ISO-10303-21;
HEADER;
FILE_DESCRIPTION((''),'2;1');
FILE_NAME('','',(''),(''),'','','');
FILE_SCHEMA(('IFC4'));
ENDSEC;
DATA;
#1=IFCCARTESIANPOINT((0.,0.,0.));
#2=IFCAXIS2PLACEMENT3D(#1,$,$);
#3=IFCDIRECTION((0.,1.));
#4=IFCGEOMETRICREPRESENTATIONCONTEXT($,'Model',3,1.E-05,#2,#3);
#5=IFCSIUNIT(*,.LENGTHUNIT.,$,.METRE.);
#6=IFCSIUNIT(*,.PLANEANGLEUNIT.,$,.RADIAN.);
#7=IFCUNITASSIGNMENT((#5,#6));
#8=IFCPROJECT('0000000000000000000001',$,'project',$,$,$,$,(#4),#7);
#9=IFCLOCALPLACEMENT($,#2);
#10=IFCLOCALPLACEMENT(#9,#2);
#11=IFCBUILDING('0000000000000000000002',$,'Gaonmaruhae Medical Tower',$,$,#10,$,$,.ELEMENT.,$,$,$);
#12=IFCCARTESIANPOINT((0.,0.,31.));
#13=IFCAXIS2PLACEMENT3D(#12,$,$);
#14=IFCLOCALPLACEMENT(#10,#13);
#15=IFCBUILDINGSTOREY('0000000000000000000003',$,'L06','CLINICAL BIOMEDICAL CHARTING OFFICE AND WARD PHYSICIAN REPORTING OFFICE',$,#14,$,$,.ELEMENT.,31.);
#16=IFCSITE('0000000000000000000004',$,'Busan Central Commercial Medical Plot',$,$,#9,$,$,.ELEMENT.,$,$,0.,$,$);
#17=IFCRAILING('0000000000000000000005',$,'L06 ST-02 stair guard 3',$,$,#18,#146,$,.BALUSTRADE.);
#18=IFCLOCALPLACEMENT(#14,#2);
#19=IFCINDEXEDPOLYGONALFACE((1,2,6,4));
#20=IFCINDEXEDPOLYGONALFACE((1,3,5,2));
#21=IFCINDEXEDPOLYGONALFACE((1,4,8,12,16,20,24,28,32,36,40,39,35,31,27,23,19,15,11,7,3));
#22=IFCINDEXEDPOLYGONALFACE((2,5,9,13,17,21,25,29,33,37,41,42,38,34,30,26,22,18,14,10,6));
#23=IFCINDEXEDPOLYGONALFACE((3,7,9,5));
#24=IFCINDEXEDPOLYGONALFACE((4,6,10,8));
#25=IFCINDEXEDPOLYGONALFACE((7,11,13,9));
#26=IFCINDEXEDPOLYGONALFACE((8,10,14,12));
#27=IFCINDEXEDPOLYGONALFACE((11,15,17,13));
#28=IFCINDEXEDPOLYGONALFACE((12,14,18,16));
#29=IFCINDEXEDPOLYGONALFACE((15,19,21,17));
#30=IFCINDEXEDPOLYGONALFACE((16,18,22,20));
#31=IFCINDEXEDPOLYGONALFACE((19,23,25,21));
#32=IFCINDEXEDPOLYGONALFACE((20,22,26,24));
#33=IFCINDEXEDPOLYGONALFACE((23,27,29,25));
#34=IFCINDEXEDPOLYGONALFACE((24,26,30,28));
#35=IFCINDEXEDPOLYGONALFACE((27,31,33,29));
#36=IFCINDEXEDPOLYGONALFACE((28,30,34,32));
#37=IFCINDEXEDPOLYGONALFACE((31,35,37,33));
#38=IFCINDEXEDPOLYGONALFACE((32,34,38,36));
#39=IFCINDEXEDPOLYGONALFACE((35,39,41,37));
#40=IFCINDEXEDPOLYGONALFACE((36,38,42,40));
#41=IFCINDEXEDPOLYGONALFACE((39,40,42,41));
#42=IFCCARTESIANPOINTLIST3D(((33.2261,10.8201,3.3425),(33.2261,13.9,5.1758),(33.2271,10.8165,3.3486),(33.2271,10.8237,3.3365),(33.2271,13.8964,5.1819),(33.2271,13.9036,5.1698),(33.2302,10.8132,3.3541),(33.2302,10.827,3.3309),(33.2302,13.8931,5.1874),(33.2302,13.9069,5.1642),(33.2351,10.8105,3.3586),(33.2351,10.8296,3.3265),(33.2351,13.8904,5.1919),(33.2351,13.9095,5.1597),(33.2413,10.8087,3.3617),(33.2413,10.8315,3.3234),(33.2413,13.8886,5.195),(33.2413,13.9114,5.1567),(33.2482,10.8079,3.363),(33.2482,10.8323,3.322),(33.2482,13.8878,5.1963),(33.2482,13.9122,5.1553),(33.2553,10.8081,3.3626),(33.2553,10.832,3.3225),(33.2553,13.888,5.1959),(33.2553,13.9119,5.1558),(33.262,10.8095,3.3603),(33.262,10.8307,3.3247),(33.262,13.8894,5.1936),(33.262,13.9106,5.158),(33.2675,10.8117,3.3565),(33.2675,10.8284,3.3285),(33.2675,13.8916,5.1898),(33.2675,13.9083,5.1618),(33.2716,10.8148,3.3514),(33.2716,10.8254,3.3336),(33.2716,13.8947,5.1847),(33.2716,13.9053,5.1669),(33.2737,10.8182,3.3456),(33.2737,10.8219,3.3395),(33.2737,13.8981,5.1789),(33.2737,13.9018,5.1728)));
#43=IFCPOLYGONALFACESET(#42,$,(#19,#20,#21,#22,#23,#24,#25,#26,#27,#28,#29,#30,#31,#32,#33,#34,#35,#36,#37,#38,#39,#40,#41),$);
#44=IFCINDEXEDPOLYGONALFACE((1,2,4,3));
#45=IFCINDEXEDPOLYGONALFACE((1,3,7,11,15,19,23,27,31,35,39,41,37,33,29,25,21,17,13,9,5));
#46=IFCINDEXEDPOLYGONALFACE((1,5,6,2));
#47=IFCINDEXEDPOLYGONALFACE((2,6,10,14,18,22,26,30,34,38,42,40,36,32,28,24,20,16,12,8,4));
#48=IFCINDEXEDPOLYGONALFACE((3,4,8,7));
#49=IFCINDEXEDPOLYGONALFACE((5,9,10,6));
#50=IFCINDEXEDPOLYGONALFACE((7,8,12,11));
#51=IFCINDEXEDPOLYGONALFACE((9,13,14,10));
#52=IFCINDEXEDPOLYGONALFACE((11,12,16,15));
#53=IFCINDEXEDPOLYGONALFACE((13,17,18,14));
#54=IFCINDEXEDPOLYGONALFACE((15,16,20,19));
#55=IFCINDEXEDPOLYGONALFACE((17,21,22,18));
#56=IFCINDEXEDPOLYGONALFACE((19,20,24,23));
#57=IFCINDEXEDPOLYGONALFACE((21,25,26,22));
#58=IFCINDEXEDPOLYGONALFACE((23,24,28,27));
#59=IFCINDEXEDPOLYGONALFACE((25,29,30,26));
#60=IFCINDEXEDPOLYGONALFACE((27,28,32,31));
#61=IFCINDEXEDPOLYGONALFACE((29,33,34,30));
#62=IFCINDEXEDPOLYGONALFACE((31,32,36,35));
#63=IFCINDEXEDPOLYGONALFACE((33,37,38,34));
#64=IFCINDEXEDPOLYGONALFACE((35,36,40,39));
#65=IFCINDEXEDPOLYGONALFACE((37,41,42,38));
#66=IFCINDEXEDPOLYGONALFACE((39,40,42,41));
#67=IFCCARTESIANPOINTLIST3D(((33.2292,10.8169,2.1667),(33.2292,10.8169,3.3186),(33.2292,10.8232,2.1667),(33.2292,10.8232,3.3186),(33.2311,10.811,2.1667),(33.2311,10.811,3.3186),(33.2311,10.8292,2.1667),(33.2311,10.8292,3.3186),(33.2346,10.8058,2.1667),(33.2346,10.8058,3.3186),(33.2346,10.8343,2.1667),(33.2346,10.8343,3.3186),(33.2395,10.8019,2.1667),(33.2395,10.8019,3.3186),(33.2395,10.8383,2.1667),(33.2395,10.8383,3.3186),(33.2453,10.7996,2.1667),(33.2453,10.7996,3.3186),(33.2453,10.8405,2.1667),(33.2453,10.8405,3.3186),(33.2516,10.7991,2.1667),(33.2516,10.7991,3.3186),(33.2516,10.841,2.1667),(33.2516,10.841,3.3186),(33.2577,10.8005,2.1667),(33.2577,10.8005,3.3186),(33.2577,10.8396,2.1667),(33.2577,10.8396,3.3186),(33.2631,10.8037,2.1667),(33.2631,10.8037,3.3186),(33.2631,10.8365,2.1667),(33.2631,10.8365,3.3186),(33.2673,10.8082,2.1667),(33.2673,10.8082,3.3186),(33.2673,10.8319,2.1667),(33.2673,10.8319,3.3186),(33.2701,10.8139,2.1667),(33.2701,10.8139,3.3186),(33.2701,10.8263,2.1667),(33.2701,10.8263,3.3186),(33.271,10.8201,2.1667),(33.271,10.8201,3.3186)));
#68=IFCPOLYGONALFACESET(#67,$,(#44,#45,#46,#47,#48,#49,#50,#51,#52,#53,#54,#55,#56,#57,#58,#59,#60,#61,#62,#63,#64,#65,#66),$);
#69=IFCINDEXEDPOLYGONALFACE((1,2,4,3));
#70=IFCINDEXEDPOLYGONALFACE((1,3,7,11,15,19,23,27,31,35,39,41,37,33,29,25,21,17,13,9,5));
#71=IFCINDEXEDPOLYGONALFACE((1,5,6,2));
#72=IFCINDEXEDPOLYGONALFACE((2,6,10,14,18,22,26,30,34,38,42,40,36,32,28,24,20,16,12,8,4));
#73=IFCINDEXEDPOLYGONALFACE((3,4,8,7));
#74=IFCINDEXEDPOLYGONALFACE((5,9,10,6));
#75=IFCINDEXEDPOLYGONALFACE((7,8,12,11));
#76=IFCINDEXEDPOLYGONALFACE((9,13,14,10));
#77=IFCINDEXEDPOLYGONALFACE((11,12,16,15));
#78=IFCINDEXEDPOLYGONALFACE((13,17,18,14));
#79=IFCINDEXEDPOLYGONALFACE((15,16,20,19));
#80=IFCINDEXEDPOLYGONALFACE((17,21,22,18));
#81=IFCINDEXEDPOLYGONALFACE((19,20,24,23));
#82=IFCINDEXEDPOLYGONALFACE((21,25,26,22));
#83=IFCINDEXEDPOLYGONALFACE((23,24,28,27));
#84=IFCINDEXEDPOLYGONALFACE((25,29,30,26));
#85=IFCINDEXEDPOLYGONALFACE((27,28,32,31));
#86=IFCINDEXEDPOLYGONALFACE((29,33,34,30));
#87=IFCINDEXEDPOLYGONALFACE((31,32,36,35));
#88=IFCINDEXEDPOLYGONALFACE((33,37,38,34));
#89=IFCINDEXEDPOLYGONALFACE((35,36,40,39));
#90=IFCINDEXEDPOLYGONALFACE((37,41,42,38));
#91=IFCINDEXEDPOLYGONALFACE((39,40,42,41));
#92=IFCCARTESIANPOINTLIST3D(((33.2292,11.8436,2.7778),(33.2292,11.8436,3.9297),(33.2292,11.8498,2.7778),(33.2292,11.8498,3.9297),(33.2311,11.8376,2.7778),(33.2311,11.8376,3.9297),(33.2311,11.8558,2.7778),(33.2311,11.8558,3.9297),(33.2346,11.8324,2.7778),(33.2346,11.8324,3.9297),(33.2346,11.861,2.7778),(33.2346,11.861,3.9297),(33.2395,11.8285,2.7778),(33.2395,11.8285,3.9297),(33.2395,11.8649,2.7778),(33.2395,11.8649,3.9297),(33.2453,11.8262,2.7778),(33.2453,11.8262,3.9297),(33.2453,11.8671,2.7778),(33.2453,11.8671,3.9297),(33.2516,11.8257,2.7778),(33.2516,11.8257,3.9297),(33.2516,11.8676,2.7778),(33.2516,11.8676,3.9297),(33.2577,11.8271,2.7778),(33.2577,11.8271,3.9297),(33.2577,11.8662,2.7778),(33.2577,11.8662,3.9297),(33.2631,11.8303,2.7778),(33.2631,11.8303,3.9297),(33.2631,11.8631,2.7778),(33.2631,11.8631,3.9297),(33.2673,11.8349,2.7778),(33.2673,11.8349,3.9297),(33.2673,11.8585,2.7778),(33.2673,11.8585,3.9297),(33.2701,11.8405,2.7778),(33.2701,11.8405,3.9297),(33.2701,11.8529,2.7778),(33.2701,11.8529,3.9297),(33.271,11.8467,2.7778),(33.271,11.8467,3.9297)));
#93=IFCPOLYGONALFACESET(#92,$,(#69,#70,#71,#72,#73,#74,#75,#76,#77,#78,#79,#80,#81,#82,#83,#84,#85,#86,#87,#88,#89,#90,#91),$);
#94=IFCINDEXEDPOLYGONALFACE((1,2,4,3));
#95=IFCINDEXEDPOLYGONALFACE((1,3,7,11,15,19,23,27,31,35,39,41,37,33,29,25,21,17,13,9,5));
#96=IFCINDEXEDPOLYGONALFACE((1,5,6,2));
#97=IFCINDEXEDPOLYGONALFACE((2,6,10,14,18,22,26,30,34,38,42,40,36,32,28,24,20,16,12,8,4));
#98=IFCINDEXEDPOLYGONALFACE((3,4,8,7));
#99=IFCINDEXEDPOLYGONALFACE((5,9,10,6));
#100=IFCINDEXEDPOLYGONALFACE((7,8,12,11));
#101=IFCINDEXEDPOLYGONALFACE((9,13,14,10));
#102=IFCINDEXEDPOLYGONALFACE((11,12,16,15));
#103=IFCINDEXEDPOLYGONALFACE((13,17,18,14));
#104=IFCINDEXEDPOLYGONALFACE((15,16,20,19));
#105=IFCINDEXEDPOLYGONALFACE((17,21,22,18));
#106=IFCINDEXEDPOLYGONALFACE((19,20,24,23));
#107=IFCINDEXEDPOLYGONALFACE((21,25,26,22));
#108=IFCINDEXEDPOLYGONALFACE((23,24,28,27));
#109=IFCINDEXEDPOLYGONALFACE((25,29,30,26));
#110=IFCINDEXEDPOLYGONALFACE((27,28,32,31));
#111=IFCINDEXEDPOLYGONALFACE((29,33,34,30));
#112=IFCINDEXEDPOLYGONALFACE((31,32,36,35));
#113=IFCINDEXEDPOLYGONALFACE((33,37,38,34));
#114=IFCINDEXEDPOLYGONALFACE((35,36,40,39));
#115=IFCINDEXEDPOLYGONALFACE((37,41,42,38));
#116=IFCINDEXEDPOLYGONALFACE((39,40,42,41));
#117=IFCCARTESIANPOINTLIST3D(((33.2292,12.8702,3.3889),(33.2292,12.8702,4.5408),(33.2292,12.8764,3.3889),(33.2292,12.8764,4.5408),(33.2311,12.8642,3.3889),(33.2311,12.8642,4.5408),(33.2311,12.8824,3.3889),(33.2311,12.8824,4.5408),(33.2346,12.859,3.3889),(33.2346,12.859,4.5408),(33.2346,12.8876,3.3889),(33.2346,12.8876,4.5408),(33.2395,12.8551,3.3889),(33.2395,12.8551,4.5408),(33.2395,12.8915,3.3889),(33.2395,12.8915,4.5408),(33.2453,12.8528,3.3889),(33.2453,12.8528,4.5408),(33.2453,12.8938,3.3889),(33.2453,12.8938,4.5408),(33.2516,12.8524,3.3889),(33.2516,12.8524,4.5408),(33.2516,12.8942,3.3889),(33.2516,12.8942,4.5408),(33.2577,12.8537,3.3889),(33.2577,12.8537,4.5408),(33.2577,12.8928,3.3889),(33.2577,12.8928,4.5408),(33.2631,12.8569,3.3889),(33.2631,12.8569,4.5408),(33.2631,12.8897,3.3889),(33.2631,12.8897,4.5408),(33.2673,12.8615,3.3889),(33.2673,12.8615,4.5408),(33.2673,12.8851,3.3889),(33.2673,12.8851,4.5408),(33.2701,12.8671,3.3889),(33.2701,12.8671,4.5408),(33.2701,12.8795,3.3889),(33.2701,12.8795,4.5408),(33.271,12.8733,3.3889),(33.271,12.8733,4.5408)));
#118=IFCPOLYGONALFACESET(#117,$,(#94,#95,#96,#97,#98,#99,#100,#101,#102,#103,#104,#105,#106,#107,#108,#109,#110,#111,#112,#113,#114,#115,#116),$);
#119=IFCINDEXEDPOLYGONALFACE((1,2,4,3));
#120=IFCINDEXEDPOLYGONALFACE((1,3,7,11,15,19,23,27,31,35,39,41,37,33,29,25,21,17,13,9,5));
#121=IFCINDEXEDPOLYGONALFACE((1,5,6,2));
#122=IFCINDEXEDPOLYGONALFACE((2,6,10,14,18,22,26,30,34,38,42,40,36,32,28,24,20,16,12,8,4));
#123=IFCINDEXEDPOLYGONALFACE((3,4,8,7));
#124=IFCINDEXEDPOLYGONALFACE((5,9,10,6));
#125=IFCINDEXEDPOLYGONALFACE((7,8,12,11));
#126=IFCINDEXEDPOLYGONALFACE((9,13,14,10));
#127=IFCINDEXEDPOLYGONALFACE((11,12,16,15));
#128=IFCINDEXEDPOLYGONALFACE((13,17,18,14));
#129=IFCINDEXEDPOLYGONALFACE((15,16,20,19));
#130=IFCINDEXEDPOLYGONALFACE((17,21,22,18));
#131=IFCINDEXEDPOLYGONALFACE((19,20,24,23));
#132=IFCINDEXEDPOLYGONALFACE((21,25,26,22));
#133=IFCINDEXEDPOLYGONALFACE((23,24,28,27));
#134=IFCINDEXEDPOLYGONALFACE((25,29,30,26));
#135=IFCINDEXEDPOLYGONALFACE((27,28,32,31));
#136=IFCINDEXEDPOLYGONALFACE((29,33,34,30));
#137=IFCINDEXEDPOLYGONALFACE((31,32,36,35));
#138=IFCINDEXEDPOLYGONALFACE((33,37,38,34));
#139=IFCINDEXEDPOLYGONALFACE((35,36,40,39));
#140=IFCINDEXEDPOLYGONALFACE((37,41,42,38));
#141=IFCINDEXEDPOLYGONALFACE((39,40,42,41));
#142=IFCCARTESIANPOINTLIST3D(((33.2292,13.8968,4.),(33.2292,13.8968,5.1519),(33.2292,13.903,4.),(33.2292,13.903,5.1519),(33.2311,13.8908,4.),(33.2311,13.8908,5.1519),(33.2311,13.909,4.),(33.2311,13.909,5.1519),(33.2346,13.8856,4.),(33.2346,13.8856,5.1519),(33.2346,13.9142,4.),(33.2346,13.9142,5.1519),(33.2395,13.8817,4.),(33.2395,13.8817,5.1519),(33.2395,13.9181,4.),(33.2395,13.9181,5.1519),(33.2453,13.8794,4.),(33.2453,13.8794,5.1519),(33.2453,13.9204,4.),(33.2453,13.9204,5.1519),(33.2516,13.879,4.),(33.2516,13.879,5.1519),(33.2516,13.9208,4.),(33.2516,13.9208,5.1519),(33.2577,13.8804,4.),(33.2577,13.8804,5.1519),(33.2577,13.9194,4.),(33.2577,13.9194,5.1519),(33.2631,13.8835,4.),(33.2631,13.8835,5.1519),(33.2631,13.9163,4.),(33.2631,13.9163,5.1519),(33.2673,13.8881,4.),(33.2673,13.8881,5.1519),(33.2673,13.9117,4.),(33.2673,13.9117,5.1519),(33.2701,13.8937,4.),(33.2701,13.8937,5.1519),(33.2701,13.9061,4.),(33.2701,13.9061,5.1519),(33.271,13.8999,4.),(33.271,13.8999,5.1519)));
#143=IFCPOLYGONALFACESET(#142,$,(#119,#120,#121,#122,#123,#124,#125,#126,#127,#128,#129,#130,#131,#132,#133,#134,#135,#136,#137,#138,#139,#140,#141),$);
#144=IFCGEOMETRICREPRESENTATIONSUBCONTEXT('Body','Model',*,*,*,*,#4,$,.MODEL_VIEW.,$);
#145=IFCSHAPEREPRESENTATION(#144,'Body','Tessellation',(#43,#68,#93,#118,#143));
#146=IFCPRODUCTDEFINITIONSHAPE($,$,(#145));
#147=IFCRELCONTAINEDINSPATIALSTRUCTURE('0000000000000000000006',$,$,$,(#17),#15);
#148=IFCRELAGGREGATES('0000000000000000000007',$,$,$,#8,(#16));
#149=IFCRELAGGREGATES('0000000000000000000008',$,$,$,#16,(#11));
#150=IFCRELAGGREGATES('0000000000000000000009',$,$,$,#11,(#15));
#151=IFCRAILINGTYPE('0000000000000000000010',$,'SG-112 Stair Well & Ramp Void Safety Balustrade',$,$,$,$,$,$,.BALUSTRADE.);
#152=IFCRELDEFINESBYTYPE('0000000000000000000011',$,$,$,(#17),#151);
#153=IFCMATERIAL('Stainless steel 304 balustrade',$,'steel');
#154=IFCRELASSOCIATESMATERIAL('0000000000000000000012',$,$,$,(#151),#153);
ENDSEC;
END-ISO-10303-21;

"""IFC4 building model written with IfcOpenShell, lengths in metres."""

from ifc_helpers import new_model, si_unit, direction, frame, origin, origin_2d, place, context, subcontext, project, spatial, circle, extrude, material, type_object, element, save


model = new_model("IFC4")

# Units and contexts
model_context = context("Model", 3, precision=1e-05, world=origin(), true_north=direction((0.0, 1.0)))
body_context = subcontext(model_context, "Body", "Model", "MODEL_VIEW")
ifc_project = project(units=[si_unit("LENGTHUNIT", "METRE"), si_unit("PLANEANGLEUNIT", "RADIAN")], contexts=[model_context])

# Site, building, storey
site_placement = place(None, origin())
site = spatial("IfcSite", under=ifc_project, at=site_placement, Name="Busan Central Commercial Medical Plot", CompositionType="ELEMENT", RefElevation=0.0)
building_placement = place(site_placement, origin())
building = spatial("IfcBuilding", under=site, at=building_placement, Name="Gaonmaruhae Medical Tower", CompositionType="ELEMENT")
storey_placement = place(building_placement, frame((0.0, 0.0, 31.0)))
storey = spatial("IfcBuildingStorey", under=building, at=storey_placement, Name="L06", Description="CLINICAL BIOMEDICAL CHARTING OFFICE AND WARD PHYSICIAN REPORTING OFFICE", CompositionType="ELEMENT", Elevation=31.0)

# Railing
ifc_material_1 = material(Name="Stainless steel 304 balustrade", Category="steel")
railing_type_1 = type_object("IfcRailingType", Name="SG-112 Stair Well & Ramp Void Safety Balustrade", PredefinedType="BALUSTRADE", material=ifc_material_1)
railing_1_placement = place(storey_placement, frame((33.25, 10.8201, 2.1667)))
element("IfcRailing", 1, at=railing_1_placement, inside=storey, type_object=railing_type_1, Name="L06 ST-02 stair guard 3", PredefinedType="BALUSTRADE", context=body_context, shape_type="SweptSolid", body=[
    extrude(circle(Radius=0.0239, at=origin_2d()), frame((0.0, 0.0, 1.1758), z_axis=(0.0, 0.859291, 0.511487), x_axis=(-1.0, 0.0, 0.0)), (0.0, 0.0, 1.0), 3.5842),
    extrude(circle(Radius=0.021, at=origin_2d()), origin(), (0.0, 0.0, 1.0), 1.1519),
    extrude(circle(Radius=0.021, at=origin_2d()), frame((0.0, 1.0266, 0.6111)), (0.0, 0.0, 1.0), 1.1519),
    extrude(circle(Radius=0.021, at=origin_2d()), frame((0.0, 2.0532, 1.2222)), (0.0, 0.0, 1.0), 1.1519),
    extrude(circle(Radius=0.021, at=origin_2d()), frame((0.0, 3.0798, 1.8333)), (0.0, 0.0, 1.0), 1.1519),
])

save(model, "model.ifc")
